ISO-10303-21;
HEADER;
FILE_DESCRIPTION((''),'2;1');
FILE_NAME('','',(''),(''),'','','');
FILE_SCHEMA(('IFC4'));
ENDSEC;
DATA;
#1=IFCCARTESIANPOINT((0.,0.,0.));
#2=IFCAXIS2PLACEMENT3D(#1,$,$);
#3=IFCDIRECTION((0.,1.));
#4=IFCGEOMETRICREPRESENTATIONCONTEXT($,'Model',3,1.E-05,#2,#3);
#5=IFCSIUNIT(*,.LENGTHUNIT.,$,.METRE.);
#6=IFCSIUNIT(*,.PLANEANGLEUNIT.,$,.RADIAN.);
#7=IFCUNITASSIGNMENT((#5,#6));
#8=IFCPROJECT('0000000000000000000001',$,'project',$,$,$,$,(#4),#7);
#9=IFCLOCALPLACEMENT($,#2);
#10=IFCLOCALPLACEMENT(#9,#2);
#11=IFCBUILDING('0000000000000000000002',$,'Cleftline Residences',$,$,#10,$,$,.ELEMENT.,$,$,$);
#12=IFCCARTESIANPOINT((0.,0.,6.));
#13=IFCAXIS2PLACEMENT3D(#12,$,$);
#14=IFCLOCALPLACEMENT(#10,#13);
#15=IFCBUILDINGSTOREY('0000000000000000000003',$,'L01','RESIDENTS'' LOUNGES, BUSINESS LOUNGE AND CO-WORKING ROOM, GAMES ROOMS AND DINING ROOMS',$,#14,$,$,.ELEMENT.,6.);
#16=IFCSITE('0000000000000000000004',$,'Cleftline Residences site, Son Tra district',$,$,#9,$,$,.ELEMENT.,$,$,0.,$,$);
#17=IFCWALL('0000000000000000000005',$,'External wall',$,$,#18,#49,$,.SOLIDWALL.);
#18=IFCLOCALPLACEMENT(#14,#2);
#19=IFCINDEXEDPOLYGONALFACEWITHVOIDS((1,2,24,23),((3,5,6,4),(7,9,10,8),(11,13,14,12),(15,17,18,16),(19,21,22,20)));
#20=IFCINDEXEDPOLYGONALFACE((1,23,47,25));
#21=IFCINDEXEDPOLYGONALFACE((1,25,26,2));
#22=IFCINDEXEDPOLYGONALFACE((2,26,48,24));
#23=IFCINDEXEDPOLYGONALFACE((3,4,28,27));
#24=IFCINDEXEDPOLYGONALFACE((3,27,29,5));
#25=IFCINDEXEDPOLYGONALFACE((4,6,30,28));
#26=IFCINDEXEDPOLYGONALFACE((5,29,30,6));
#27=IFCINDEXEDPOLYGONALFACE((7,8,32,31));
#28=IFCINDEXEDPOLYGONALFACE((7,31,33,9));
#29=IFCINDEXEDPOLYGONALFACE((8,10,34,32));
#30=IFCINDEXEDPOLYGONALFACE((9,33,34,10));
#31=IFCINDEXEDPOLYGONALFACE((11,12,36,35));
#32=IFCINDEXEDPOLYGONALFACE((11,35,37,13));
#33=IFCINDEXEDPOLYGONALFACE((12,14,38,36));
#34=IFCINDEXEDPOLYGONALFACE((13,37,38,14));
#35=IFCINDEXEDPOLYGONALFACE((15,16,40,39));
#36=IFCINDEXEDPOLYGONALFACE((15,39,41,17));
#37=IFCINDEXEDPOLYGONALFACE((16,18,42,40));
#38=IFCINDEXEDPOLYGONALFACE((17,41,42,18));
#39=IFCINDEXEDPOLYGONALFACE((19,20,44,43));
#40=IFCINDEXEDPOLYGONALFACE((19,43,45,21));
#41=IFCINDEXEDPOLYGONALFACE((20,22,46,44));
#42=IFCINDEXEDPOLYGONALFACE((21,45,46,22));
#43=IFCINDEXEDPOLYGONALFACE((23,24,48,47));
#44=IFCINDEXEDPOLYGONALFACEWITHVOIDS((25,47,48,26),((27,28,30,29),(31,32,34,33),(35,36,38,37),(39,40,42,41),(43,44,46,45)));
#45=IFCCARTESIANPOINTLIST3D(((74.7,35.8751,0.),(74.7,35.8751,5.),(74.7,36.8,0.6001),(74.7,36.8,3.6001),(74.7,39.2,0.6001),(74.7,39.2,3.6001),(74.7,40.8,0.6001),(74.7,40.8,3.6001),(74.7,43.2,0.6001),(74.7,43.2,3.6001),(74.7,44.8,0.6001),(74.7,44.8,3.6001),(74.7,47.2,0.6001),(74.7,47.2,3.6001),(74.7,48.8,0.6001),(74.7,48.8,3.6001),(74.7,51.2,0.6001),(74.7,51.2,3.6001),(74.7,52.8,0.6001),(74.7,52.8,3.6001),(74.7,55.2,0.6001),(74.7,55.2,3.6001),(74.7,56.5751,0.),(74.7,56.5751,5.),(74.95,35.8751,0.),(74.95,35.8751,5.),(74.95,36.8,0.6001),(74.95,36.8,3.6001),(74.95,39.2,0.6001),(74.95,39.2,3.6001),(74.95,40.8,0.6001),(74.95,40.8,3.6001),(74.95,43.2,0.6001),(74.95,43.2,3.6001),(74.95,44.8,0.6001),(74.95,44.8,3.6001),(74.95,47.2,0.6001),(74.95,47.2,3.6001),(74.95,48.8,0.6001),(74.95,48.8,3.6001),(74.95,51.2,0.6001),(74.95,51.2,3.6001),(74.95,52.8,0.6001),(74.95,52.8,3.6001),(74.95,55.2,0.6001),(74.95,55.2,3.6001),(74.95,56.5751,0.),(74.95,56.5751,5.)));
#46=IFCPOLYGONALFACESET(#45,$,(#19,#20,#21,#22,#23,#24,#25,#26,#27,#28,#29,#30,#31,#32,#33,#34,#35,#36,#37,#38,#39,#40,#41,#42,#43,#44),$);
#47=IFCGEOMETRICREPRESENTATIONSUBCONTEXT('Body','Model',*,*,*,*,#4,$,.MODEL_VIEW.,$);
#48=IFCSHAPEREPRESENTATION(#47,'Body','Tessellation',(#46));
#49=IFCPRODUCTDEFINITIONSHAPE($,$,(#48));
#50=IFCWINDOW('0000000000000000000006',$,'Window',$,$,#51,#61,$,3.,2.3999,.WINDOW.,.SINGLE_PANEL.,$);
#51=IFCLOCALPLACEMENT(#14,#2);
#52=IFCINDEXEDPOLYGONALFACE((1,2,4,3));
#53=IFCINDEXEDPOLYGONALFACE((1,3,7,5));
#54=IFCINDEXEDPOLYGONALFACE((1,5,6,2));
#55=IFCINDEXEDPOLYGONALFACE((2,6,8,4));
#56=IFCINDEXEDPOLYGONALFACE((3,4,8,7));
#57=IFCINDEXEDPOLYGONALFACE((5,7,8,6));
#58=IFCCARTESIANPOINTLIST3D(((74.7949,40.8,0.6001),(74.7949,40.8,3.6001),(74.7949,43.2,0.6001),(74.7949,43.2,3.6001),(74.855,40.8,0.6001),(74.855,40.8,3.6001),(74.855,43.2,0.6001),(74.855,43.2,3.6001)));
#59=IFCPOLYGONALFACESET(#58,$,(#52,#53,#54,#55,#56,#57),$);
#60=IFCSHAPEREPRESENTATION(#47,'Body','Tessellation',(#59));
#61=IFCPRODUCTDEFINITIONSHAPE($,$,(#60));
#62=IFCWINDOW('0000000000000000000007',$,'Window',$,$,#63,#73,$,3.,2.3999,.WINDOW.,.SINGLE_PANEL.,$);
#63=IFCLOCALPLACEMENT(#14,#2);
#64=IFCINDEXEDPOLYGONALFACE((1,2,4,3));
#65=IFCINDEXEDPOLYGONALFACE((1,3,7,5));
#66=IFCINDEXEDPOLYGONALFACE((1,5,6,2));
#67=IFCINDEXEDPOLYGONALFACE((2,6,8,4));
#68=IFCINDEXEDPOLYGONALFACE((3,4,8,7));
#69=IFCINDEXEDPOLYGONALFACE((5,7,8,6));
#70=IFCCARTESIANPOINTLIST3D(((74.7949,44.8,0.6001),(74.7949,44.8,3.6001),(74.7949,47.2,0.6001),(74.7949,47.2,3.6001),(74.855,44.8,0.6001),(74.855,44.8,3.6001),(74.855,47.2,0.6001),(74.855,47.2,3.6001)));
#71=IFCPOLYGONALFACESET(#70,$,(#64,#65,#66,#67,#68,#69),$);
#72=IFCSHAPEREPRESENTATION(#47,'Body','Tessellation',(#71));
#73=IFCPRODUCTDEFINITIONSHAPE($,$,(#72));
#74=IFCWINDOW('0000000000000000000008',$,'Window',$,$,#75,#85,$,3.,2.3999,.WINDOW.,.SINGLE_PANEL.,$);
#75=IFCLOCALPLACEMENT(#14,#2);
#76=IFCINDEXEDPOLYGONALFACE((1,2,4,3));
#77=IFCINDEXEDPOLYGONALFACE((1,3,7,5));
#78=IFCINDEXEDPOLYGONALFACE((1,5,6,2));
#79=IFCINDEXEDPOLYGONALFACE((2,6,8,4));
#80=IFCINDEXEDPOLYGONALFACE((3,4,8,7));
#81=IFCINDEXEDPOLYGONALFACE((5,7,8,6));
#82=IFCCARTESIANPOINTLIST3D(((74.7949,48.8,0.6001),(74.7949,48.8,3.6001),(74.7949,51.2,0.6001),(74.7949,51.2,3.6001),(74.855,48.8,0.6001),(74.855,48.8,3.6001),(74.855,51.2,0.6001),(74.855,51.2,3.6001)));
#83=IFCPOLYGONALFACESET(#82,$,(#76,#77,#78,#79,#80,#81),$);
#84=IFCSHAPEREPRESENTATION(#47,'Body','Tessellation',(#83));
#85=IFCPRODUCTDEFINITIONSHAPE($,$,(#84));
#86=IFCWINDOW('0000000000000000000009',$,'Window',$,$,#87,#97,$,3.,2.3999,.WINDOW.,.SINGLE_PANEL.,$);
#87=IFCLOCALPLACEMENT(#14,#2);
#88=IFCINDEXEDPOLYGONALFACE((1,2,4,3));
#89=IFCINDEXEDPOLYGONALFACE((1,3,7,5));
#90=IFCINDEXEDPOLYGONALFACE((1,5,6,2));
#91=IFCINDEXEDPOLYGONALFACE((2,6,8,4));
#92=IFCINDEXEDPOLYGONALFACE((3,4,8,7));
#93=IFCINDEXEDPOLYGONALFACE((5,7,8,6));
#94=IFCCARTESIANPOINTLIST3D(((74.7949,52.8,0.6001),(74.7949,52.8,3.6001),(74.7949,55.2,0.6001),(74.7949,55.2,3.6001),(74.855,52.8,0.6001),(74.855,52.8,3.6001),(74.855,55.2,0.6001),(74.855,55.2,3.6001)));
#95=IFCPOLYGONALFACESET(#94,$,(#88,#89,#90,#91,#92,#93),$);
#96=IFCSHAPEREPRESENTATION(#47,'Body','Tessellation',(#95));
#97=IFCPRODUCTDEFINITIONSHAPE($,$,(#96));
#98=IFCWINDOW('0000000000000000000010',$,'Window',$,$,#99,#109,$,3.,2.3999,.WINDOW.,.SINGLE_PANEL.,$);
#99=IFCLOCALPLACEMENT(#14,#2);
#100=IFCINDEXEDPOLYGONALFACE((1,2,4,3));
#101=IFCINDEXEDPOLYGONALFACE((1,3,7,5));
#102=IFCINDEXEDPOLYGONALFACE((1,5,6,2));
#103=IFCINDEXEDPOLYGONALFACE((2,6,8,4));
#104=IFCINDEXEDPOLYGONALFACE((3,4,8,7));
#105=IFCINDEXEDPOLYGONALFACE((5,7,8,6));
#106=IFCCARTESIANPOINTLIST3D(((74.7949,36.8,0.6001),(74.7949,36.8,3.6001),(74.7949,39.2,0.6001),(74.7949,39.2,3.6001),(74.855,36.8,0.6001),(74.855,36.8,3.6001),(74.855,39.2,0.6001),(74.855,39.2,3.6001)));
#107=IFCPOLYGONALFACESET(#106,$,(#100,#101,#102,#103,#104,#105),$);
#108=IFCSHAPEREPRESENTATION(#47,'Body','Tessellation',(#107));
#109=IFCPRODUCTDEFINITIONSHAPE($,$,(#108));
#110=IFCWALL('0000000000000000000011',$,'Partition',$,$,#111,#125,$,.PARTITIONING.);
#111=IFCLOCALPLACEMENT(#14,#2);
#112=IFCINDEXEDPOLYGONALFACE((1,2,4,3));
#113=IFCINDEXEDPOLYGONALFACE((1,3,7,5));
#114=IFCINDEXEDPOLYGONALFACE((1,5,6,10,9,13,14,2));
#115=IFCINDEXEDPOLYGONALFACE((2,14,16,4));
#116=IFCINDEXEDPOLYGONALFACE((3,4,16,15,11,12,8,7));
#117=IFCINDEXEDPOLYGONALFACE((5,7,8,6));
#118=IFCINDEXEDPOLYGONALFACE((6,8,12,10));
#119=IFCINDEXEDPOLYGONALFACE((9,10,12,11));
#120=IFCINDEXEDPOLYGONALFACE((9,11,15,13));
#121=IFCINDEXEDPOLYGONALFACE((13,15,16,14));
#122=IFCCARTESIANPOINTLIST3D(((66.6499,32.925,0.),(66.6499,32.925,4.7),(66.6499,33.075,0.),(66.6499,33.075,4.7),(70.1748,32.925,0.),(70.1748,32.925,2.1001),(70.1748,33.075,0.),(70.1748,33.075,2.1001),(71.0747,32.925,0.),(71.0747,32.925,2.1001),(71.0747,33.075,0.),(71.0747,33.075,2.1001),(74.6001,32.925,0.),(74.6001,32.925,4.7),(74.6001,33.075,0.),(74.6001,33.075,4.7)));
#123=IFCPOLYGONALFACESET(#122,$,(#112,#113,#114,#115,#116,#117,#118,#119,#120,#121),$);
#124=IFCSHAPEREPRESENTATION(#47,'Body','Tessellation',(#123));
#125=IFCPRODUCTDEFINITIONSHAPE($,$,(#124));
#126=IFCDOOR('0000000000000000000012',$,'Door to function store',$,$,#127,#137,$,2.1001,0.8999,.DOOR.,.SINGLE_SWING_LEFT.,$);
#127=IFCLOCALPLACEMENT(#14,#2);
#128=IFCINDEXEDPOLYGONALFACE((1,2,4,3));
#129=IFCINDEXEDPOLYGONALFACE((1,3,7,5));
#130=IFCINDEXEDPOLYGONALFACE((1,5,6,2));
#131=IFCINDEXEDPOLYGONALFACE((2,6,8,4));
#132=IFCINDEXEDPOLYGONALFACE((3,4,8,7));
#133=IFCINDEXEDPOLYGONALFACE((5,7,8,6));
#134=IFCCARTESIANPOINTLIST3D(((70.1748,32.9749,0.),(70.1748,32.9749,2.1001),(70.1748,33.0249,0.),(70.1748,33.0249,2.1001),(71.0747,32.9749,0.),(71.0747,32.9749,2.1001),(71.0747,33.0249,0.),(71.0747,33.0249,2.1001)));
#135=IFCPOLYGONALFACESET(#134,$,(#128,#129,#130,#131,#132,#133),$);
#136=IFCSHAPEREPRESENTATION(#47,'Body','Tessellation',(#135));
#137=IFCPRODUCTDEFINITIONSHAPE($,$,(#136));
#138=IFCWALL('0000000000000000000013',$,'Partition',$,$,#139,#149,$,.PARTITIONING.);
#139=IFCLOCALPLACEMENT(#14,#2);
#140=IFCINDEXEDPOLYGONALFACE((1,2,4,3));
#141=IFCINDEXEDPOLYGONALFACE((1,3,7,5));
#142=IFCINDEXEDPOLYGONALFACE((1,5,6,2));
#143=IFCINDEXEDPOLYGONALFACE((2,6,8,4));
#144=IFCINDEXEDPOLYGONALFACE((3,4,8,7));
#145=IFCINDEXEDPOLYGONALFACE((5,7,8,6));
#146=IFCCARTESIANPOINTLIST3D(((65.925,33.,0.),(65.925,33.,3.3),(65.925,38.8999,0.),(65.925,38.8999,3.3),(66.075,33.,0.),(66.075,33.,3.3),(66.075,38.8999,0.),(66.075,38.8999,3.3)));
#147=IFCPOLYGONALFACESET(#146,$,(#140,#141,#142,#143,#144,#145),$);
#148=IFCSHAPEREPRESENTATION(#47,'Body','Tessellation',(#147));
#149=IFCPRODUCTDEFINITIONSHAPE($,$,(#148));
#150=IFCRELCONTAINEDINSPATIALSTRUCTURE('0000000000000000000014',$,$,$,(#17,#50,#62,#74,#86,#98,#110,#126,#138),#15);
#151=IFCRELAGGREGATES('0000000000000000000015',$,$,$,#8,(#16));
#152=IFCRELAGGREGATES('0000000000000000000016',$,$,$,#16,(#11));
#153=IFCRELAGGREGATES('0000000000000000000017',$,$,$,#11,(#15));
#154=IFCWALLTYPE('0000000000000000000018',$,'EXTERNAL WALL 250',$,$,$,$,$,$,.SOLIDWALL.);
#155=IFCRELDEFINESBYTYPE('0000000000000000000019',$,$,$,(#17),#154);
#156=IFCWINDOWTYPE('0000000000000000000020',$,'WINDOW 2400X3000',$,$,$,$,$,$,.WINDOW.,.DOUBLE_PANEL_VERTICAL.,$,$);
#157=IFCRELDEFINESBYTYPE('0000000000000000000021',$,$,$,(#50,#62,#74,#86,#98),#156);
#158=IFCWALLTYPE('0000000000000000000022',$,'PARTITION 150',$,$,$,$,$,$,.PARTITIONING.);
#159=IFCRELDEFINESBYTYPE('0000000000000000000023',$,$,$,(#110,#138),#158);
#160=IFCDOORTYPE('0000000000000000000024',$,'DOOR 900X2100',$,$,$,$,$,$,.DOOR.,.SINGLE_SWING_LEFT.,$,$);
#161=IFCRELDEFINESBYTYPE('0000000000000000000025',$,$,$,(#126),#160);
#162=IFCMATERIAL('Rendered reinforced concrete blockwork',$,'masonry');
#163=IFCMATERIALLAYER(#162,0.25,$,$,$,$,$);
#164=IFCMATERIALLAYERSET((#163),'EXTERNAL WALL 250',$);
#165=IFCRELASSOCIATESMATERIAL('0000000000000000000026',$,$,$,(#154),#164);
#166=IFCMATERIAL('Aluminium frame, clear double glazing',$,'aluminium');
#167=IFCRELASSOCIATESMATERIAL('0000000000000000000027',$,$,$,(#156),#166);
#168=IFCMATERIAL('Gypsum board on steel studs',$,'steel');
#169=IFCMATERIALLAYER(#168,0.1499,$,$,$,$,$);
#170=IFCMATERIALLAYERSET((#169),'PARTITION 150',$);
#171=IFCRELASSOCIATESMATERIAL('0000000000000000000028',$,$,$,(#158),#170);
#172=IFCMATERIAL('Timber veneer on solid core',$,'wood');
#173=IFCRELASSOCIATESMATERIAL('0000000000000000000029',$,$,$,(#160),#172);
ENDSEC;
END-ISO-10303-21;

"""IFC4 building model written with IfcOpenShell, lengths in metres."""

from ifc_helpers import new_model, si_unit, direction, frame, frame_2d, origin, place, context, subcontext, project, spatial, rectangle, extrude, material, layer, layer_set, type_object, element, fill, save


model = new_model("IFC4")

# Units and contexts
model_context = context("Model", 3, precision=1e-05, world=origin(), true_north=direction((0.0, 1.0)))
body_context = subcontext(model_context, "Body", "Model", "MODEL_VIEW")
ifc_project = project(units=[si_unit("LENGTHUNIT", "METRE"), si_unit("PLANEANGLEUNIT", "RADIAN")], contexts=[model_context])

# Site, building, storey
site_placement = place(None, origin())
site = spatial("IfcSite", under=ifc_project, at=site_placement, Name="Cleftline Residences site, Son Tra district", CompositionType="ELEMENT", RefElevation=0.0)
building_placement = place(site_placement, origin())
building = spatial("IfcBuilding", under=site, at=building_placement, Name="Cleftline Residences", CompositionType="ELEMENT")
storey_placement = place(building_placement, frame((0.0, 0.0, 6.0)))
storey = spatial("IfcBuildingStorey", under=building, at=storey_placement, Name="L01", Description="RESIDENTS' LOUNGES, BUSINESS LOUNGE AND CO-WORKING ROOM, GAMES ROOMS AND DINING ROOMS", CompositionType="ELEMENT", Elevation=6.0)

# Wall, openings, windows
ifc_material_1 = material(Name="Rendered reinforced concrete blockwork", Category="masonry")
ifc_layer_1 = layer(ifc_material_1, 0.25)
ifc_layer_set_1 = layer_set([ifc_layer_1], Name="EXTERNAL WALL 250")
wall_type_1 = type_object("IfcWallType", Name="EXTERNAL WALL 250", PredefinedType="SOLIDWALL", material=ifc_layer_set_1)
wall_1_placement = place(storey_placement, frame((74.825, 35.875, 0.0), z_axis=(0.0, 0.0, 1.0), x_axis=(0.0, 1.0, 0.0)))
wall_1 = element("IfcWall", 1, at=wall_1_placement, inside=storey, type_object=wall_type_1, Name="External wall", PredefinedType="SOLIDWALL", context=body_context, shape_type="SweptSolid", body=[
    extrude(rectangle(XDim=20.7, YDim=0.25, at=frame_2d((10.3501, 0.0))), origin(), (0.0, 0.0, 1.0), 5.0),
])
opening_1_placement = place(wall_1_placement, frame((4.925, 0.0, 0.6001)))
opening_1 = element("IfcOpeningElement", 2, at=opening_1_placement, cuts=wall_1, PredefinedType="OPENING", context=body_context, shape_type="SweptSolid", body=[
    extrude(rectangle(XDim=2.3999, YDim=3.0, at=frame_2d((1.2, 1.5))), frame((0.0, 0.135, 0.0), z_axis=(0.0, -1.0, 0.0), x_axis=(1.0, 0.0, 0.0)), (0.0, 0.0, 1.0), 0.27),
])
opening_2_placement = place(wall_1_placement, frame((8.925, 0.0, 0.6001)))
opening_2 = element("IfcOpeningElement", 3, at=opening_2_placement, cuts=wall_1, PredefinedType="OPENING", context=body_context, shape_type="SweptSolid", body=[
    extrude(rectangle(XDim=2.3999, YDim=3.0, at=frame_2d((1.2, 1.5))), frame((0.0, 0.135, 0.0), z_axis=(0.0, -1.0, 0.0), x_axis=(1.0, 0.0, 0.0)), (0.0, 0.0, 1.0), 0.27),
])
opening_3_placement = place(wall_1_placement, frame((12.925, 0.0, 0.6001)))
opening_3 = element("IfcOpeningElement", 4, at=opening_3_placement, cuts=wall_1, PredefinedType="OPENING", context=body_context, shape_type="SweptSolid", body=[
    extrude(rectangle(XDim=2.3999, YDim=3.0, at=frame_2d((1.2, 1.5))), frame((0.0, 0.135, 0.0), z_axis=(0.0, -1.0, 0.0), x_axis=(1.0, 0.0, 0.0)), (0.0, 0.0, 1.0), 0.27),
])
opening_4_placement = place(wall_1_placement, frame((16.925, 0.0, 0.6001)))
opening_4 = element("IfcOpeningElement", 5, at=opening_4_placement, cuts=wall_1, PredefinedType="OPENING", context=body_context, shape_type="SweptSolid", body=[
    extrude(rectangle(XDim=2.3999, YDim=3.0, at=frame_2d((1.2, 1.5))), frame((0.0, 0.135, 0.0), z_axis=(0.0, -1.0, 0.0), x_axis=(1.0, 0.0, 0.0)), (0.0, 0.0, 1.0), 0.27),
])
opening_5_placement = place(wall_1_placement, frame((0.925, 0.0, 0.6001)))
opening_5 = element("IfcOpeningElement", 6, at=opening_5_placement, cuts=wall_1, PredefinedType="OPENING", context=body_context, shape_type="SweptSolid", body=[
    extrude(rectangle(XDim=2.3999, YDim=3.0, at=frame_2d((1.2, 1.5))), frame((0.0, 0.135, 0.0), z_axis=(0.0, -1.0, 0.0), x_axis=(1.0, 0.0, 0.0)), (0.0, 0.0, 1.0), 0.27),
])
ifc_material_2 = material(Name="Aluminium frame, clear double glazing", Category="aluminium")
window_type = type_object("IfcWindowType", Name="WINDOW 2400X3000", PartitioningType="DOUBLE_PANEL_VERTICAL", PredefinedType="WINDOW", material=ifc_material_2)
window_1_placement = place(opening_1_placement, origin())
window_1 = element("IfcWindow", 7, at=window_1_placement, inside=storey, type_object=window_type, Name="Window", OverallHeight=3.0, OverallWidth=2.3999, PartitioningType="SINGLE_PANEL", PredefinedType="WINDOW", context=body_context, shape_type="SweptSolid", body=[
    extrude(rectangle(XDim=2.3999, YDim=3.0, at=frame_2d((1.2, 1.5))), frame((0.0, 0.03, 0.0), z_axis=(0.0, -1.0, 0.0), x_axis=(1.0, 0.0, 0.0)), (0.0, 0.0, 1.0), 0.0601),
])
fill(opening_1, window_1)
window_2_placement = place(opening_2_placement, origin())
window_2 = element("IfcWindow", 8, at=window_2_placement, inside=storey, type_object=window_type, Name="Window", OverallHeight=3.0, OverallWidth=2.3999, PartitioningType="SINGLE_PANEL", PredefinedType="WINDOW", context=body_context, shape_type="SweptSolid", body=[
    extrude(rectangle(XDim=2.3999, YDim=3.0, at=frame_2d((1.2, 1.5))), frame((0.0, 0.03, 0.0), z_axis=(0.0, -1.0, 0.0), x_axis=(1.0, 0.0, 0.0)), (0.0, 0.0, 1.0), 0.0601),
])
fill(opening_2, window_2)
window_3_placement = place(opening_3_placement, origin())
window_3 = element("IfcWindow", 9, at=window_3_placement, inside=storey, type_object=window_type, Name="Window", OverallHeight=3.0, OverallWidth=2.3999, PartitioningType="SINGLE_PANEL", PredefinedType="WINDOW", context=body_context, shape_type="SweptSolid", body=[
    extrude(rectangle(XDim=2.3999, YDim=3.0, at=frame_2d((1.2, 1.5))), frame((0.0, 0.03, 0.0), z_axis=(0.0, -1.0, 0.0), x_axis=(1.0, 0.0, 0.0)), (0.0, 0.0, 1.0), 0.0601),
])
fill(opening_3, window_3)
window_4_placement = place(opening_4_placement, origin())
window_4 = element("IfcWindow", 10, at=window_4_placement, inside=storey, type_object=window_type, Name="Window", OverallHeight=3.0, OverallWidth=2.3999, PartitioningType="SINGLE_PANEL", PredefinedType="WINDOW", context=body_context, shape_type="SweptSolid", body=[
    extrude(rectangle(XDim=2.3999, YDim=3.0, at=frame_2d((1.2, 1.5))), frame((0.0, 0.03, 0.0), z_axis=(0.0, -1.0, 0.0), x_axis=(1.0, 0.0, 0.0)), (0.0, 0.0, 1.0), 0.0601),
])
fill(opening_4, window_4)
window_5_placement = place(opening_5_placement, origin())
window_5 = element("IfcWindow", 11, at=window_5_placement, inside=storey, type_object=window_type, Name="Window", OverallHeight=3.0, OverallWidth=2.3999, PartitioningType="SINGLE_PANEL", PredefinedType="WINDOW", context=body_context, shape_type="SweptSolid", body=[
    extrude(rectangle(XDim=2.3999, YDim=3.0, at=frame_2d((1.2, 1.5))), frame((0.0, 0.03, 0.0), z_axis=(0.0, -1.0, 0.0), x_axis=(1.0, 0.0, 0.0)), (0.0, 0.0, 1.0), 0.0601),
])
fill(opening_5, window_5)

# Wall, opening, door
ifc_material_3 = material(Name="Gypsum board on steel studs", Category="steel")
ifc_layer_2 = layer(ifc_material_3, 0.1499)
ifc_layer_set_2 = layer_set([ifc_layer_2], Name="PARTITION 150")
wall_type_2 = type_object("IfcWallType", Name="PARTITION 150", PredefinedType="PARTITIONING", material=ifc_layer_set_2)
wall_2_placement = place(storey_placement, frame((66.6499, 33.0, 0.0), z_axis=(0.0, 0.0, 1.0), x_axis=(1.0, 0.0, 0.0)))
wall_2 = element("IfcWall", 12, at=wall_2_placement, inside=storey, type_object=wall_type_2, Name="Partition", PredefinedType="PARTITIONING", context=body_context, shape_type="SweptSolid", body=[
    extrude(rectangle(XDim=7.9502, YDim=0.1499, at=frame_2d((3.9751, 0.0))), origin(), (0.0, 0.0, 1.0), 4.7),
])
opening_6_placement = place(wall_2_placement, frame((3.5249, 0.0, 0.0)))
opening_6 = element("IfcOpeningElement", 13, at=opening_6_placement, cuts=wall_2, PredefinedType="OPENING", context=body_context, shape_type="SweptSolid", body=[
    extrude(rectangle(XDim=0.8999, YDim=2.1001, at=frame_2d((0.45, 1.05))), frame((0.0, 0.085, 0.0), z_axis=(0.0, -1.0, 0.0), x_axis=(1.0, 0.0, 0.0)), (0.0, 0.0, 1.0), 0.1699),
])
ifc_material_4 = material(Name="Timber veneer on solid core", Category="wood")
door_type = type_object("IfcDoorType", Name="DOOR 900X2100", OperationType="SINGLE_SWING_LEFT", PredefinedType="DOOR", material=ifc_material_4)
door_placement = place(opening_6_placement, origin())
door = element("IfcDoor", 14, at=door_placement, inside=storey, type_object=door_type, Name="Door to function store", OperationType="SINGLE_SWING_LEFT", OverallHeight=2.1001, OverallWidth=0.8999, PredefinedType="DOOR", context=body_context, shape_type="SweptSolid", body=[
    extrude(rectangle(XDim=0.8999, YDim=2.1001, at=frame_2d((0.45, 1.05))), frame((0.0, 0.0249, 0.0), z_axis=(0.0, -1.0, 0.0), x_axis=(1.0, 0.0, 0.0)), (0.0, 0.0, 1.0), 0.05),
])
fill(opening_6, door)

# Wall
wall_3_placement = place(storey_placement, frame((66.0, 33.0, 0.0), z_axis=(0.0, 0.0, 1.0), x_axis=(0.0, 1.0, 0.0)))
element("IfcWall", 15, at=wall_3_placement, inside=storey, type_object=wall_type_2, Name="Partition", PredefinedType="PARTITIONING", context=body_context, shape_type="SweptSolid", body=[
    extrude(rectangle(XDim=5.8999, YDim=0.1499, at=frame_2d((2.95, 0.0))), origin(), (0.0, 0.0, 1.0), 3.3),
])

save(model, "model.ifc")
